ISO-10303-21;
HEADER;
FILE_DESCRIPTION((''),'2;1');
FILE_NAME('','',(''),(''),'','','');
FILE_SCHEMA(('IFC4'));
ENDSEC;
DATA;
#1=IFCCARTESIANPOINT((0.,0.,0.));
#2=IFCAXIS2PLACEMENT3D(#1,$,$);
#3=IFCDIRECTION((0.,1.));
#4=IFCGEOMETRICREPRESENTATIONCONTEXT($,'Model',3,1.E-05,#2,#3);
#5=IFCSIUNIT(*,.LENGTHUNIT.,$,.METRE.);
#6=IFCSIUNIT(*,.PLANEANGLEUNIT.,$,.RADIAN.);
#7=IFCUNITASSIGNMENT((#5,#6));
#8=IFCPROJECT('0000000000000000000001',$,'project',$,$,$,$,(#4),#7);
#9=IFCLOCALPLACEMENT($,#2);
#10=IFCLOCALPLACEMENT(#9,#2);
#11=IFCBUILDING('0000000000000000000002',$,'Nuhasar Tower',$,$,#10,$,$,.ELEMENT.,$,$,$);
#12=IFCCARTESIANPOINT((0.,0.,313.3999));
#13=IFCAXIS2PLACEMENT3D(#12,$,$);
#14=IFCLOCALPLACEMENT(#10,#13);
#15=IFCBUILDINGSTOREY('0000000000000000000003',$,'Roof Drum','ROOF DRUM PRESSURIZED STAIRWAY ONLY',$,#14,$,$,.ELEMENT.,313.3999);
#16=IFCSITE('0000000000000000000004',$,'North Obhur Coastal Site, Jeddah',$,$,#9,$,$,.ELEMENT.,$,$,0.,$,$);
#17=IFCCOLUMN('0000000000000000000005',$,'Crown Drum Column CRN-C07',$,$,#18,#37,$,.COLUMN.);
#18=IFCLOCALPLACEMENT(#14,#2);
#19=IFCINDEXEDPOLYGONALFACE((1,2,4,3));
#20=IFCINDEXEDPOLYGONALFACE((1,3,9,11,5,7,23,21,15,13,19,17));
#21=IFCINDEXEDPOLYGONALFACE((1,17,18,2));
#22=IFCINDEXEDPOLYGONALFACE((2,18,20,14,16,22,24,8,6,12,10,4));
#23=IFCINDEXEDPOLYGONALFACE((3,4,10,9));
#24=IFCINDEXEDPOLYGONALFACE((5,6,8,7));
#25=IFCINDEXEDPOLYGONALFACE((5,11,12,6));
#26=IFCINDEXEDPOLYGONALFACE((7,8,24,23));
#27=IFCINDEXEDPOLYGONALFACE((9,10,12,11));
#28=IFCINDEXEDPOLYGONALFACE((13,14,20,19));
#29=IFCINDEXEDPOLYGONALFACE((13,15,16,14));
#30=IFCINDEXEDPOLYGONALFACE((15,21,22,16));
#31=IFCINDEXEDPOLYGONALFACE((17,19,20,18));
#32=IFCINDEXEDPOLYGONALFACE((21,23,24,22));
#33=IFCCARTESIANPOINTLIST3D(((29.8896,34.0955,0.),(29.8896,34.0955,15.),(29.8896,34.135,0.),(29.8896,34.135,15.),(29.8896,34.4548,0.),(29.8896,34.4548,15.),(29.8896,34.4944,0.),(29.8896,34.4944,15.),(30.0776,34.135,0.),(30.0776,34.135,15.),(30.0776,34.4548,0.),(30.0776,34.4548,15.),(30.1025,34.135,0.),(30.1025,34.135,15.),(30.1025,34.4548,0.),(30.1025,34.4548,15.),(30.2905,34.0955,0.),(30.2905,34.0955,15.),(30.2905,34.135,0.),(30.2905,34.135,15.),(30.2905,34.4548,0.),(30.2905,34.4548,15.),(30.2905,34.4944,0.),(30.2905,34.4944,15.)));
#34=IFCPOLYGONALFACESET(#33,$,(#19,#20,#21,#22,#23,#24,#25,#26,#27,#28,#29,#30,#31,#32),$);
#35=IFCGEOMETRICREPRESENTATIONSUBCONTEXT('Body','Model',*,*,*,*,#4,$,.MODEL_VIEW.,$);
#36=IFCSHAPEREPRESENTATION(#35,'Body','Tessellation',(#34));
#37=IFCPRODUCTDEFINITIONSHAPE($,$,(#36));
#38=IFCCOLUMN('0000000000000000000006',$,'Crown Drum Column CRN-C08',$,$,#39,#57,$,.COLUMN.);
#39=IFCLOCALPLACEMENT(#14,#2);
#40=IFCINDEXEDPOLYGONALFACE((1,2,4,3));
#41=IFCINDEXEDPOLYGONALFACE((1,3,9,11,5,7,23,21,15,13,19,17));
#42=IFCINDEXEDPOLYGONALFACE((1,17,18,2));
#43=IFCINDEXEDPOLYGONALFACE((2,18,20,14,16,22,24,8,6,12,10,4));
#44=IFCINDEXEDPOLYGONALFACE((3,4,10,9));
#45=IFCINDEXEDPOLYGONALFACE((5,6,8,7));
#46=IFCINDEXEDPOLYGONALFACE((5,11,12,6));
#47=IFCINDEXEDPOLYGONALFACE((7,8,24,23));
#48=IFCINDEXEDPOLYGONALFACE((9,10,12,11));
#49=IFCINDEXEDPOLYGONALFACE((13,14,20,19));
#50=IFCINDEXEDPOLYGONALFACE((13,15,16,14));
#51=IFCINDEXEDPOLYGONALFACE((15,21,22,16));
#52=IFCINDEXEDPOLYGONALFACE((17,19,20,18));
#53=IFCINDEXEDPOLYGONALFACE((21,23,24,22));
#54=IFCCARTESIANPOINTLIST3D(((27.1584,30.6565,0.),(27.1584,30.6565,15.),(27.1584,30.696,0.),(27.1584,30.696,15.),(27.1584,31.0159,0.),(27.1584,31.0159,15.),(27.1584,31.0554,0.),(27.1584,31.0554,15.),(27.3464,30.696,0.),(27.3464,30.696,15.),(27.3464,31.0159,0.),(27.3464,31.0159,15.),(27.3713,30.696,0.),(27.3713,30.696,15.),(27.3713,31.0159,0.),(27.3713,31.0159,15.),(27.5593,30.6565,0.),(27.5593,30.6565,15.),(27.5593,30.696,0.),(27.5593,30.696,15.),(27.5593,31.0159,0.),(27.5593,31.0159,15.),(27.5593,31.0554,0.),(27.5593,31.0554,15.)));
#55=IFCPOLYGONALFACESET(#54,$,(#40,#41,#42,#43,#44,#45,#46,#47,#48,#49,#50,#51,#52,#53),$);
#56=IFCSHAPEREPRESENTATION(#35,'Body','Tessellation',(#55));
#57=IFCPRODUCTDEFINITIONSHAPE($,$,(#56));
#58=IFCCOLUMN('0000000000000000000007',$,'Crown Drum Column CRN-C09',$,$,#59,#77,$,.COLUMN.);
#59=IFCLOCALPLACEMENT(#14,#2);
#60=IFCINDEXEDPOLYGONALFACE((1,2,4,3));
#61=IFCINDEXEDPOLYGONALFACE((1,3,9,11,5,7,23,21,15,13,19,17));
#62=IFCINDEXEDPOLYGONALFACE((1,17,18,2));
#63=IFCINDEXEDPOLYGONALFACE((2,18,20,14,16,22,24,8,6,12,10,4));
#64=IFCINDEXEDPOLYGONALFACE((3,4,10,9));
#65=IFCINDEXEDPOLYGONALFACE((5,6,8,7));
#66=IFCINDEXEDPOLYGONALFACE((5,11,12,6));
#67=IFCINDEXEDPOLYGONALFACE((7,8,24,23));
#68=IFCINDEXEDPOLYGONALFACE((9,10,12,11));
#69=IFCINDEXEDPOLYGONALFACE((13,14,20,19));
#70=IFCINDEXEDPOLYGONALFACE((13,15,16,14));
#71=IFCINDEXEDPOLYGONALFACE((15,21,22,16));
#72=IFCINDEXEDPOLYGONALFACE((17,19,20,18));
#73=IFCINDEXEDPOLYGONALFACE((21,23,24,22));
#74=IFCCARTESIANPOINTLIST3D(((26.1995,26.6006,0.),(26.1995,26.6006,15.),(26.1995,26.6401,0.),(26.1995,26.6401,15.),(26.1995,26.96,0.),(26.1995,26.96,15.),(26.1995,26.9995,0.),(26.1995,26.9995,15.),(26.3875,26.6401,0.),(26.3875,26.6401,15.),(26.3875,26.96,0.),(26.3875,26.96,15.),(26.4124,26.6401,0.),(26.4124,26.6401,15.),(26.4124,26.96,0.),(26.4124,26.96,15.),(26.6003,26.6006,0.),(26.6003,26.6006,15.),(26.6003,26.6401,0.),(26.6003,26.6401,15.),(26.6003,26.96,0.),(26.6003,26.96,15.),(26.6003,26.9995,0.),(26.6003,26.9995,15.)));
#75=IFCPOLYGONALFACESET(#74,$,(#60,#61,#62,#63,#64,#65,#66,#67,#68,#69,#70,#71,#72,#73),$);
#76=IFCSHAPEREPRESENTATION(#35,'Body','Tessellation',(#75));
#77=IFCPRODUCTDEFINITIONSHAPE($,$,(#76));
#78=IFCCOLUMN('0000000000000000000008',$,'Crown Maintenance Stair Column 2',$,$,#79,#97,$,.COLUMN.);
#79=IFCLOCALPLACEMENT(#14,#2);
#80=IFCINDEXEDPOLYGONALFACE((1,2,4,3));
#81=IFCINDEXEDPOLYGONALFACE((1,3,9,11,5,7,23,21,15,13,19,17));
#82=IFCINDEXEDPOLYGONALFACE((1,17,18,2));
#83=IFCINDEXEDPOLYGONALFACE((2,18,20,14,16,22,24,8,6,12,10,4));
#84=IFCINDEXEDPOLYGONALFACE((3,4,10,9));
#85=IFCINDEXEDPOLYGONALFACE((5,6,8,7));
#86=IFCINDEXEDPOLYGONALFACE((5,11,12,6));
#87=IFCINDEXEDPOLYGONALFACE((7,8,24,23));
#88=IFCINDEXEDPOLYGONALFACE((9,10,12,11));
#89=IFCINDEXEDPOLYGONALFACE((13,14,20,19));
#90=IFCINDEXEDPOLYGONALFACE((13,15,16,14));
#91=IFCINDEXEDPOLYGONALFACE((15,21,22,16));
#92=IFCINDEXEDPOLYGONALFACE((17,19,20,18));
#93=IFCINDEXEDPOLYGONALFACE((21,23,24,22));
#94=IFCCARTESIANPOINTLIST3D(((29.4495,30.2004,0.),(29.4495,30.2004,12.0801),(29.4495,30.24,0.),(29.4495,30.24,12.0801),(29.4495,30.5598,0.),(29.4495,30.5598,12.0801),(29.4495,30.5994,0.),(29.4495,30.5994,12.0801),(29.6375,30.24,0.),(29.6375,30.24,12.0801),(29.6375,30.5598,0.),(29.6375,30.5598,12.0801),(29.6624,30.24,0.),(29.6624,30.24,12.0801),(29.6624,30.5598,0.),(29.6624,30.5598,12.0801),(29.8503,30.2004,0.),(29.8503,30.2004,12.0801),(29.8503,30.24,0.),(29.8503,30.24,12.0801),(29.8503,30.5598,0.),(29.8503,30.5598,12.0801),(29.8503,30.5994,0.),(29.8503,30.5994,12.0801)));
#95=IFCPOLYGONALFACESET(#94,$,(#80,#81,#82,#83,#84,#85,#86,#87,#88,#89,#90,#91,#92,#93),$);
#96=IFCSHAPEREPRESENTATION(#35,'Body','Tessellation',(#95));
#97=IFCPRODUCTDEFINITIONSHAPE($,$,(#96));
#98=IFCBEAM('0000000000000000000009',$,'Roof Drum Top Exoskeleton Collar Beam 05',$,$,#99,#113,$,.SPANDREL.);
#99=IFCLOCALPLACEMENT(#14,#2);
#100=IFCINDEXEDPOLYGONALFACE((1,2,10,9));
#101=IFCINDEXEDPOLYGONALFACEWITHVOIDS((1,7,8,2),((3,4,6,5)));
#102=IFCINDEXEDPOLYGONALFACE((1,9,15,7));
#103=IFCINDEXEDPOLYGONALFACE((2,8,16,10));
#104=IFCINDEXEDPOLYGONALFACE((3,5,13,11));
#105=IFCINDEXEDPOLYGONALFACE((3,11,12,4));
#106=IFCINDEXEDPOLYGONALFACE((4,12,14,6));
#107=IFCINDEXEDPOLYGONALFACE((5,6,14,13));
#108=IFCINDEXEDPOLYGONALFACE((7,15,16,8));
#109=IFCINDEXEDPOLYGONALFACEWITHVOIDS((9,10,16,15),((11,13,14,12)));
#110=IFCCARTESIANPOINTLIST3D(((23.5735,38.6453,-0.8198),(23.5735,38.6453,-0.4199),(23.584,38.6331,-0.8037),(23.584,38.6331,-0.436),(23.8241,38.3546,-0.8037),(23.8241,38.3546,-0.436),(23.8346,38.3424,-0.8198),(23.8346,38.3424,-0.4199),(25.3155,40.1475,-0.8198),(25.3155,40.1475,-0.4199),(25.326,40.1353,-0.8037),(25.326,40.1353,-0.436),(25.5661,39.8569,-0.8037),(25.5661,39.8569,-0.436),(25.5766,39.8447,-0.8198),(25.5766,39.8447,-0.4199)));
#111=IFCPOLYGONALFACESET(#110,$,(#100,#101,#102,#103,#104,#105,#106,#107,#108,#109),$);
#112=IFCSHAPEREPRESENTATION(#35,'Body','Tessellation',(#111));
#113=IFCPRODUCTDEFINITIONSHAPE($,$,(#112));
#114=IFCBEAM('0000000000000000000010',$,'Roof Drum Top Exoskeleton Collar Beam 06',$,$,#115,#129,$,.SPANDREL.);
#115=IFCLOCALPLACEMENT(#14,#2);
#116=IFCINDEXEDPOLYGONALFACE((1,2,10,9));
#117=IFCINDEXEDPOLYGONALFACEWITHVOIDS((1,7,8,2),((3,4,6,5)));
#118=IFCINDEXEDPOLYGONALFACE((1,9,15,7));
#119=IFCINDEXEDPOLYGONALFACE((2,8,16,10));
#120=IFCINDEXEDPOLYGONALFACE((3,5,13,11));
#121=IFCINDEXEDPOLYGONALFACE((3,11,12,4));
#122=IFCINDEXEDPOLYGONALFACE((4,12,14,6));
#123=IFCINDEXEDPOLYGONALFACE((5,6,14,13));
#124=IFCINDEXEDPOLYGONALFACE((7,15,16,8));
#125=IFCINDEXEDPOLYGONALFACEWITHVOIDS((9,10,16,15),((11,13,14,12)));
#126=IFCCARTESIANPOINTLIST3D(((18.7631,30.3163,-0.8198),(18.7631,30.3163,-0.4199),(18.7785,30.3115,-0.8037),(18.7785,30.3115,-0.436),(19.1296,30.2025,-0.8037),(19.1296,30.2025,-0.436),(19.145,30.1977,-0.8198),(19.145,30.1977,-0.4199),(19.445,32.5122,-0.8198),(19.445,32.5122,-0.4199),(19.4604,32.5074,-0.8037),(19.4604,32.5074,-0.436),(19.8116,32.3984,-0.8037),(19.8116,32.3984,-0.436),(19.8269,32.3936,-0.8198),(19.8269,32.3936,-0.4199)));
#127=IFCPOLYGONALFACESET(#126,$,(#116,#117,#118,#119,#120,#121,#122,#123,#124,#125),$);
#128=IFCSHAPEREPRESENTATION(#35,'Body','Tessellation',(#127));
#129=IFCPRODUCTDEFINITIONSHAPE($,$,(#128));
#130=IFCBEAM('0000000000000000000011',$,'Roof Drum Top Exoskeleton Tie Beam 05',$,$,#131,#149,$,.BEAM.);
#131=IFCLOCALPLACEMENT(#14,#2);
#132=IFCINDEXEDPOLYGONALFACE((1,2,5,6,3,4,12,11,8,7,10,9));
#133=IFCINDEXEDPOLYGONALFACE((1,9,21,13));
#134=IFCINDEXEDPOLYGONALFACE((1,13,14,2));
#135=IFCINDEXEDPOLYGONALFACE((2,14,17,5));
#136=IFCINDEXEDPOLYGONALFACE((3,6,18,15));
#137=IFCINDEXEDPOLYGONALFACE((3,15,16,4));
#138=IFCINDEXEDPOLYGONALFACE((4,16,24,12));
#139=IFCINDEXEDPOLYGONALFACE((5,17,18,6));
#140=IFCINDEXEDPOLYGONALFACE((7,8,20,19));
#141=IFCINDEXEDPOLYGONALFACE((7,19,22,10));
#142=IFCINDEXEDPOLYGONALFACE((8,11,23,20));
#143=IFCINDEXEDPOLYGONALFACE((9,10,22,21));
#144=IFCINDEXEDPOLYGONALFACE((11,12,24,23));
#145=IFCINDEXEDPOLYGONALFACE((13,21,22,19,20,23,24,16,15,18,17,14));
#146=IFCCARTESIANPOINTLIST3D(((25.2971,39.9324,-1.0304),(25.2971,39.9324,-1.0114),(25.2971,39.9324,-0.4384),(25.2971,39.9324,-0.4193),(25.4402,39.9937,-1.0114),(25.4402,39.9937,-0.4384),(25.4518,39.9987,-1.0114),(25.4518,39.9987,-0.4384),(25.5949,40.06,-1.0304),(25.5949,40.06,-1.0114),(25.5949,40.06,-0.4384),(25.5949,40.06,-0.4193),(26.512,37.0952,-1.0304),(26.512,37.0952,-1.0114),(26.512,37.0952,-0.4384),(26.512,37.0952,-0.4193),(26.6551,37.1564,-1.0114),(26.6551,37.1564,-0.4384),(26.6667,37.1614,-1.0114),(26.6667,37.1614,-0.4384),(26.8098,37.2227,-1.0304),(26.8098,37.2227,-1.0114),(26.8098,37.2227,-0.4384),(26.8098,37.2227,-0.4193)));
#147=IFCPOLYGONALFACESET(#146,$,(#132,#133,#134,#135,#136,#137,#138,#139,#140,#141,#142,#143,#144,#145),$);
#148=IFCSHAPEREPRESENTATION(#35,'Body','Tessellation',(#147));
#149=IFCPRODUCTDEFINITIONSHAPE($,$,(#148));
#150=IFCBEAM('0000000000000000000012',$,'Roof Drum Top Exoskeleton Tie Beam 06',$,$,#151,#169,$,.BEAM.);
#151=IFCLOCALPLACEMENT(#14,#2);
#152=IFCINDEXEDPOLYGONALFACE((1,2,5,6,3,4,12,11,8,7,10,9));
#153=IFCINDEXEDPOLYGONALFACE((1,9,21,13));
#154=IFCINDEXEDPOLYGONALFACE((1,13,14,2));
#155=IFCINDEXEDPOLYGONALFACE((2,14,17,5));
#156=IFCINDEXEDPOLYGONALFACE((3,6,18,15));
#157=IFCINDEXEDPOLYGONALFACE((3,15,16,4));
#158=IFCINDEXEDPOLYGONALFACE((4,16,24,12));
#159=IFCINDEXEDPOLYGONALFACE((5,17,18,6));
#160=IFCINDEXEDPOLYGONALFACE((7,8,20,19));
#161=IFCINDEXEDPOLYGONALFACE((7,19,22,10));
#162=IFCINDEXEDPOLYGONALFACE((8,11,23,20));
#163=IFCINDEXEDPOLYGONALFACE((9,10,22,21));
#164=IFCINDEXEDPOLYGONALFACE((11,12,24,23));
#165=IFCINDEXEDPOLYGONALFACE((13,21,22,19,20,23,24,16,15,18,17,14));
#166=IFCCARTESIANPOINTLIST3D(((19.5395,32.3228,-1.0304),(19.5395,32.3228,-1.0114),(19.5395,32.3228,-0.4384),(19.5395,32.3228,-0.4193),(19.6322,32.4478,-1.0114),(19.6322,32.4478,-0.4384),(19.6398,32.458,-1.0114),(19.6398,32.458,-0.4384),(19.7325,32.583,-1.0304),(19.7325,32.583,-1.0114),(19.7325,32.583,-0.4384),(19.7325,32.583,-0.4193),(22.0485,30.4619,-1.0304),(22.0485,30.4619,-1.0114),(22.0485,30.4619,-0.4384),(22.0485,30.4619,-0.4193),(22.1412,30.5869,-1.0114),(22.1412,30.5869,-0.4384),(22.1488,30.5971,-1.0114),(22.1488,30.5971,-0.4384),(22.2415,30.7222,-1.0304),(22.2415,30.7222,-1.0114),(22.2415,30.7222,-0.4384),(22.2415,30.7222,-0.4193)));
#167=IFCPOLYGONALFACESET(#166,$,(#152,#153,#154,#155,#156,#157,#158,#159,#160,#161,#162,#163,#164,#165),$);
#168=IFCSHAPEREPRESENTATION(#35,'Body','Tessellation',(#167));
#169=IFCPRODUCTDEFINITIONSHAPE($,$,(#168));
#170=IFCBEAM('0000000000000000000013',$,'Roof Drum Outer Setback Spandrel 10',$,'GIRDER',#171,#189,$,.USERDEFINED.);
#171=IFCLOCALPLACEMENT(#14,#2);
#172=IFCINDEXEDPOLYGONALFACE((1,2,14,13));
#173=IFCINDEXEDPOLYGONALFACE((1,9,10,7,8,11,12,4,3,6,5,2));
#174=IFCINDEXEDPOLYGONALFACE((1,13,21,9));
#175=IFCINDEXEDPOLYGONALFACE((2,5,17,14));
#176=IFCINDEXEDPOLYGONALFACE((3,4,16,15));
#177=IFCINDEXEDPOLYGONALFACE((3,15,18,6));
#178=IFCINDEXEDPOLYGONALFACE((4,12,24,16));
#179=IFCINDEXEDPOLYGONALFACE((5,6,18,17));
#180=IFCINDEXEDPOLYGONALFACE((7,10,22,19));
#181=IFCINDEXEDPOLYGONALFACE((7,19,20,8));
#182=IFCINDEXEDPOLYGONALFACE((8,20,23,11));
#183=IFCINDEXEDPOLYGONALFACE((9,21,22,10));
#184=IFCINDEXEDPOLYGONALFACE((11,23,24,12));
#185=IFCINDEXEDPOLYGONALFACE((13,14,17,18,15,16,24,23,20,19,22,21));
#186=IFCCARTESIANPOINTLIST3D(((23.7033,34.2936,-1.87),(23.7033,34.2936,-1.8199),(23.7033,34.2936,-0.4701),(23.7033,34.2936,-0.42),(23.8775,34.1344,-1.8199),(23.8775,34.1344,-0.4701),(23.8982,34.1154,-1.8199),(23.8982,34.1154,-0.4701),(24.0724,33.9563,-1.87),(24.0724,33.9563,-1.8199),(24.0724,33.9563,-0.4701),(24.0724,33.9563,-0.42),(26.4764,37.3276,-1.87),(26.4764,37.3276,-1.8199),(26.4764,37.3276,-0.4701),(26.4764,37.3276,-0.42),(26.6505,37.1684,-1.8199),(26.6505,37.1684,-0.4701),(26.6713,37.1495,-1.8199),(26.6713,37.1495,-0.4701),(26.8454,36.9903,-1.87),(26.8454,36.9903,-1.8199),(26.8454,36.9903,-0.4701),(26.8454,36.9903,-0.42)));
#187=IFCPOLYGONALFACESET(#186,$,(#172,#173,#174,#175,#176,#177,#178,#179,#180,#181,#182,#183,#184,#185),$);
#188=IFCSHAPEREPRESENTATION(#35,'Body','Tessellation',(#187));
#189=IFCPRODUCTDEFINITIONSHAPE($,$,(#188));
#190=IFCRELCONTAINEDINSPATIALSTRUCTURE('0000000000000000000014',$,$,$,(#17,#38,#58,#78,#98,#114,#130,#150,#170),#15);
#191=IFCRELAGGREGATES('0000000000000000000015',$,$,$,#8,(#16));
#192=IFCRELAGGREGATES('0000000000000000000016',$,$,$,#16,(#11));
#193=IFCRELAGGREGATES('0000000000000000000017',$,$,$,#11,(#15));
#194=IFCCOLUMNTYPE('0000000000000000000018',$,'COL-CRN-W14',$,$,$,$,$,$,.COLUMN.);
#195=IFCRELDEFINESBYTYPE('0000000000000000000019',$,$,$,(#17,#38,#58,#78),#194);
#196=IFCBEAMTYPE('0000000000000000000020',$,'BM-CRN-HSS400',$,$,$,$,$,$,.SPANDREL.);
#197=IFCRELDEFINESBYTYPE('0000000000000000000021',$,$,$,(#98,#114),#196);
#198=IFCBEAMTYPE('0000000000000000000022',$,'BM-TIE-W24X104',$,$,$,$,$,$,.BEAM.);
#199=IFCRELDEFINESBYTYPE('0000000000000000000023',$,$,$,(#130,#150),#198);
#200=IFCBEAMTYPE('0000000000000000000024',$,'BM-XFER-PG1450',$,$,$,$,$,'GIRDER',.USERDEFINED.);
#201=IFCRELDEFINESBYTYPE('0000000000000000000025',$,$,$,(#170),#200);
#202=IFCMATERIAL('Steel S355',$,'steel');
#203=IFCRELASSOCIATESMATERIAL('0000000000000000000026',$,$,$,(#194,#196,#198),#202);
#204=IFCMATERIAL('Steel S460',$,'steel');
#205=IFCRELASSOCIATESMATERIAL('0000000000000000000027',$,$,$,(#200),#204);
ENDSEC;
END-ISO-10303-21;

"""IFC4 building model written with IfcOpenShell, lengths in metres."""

from ifc_helpers import new_model, si_unit, direction, frame, origin, origin_2d, place, context, subcontext, project, spatial, hollow_rectangle, i_section, extrude, material, material_profile, profile_set, type_object, element, save


model = new_model("IFC4")

# Units and contexts
model_context = context("Model", 3, precision=1e-05, world=origin(), true_north=direction((0.0, 1.0)))
body_context = subcontext(model_context, "Body", "Model", "MODEL_VIEW")
ifc_project = project(units=[si_unit("LENGTHUNIT", "METRE"), si_unit("PLANEANGLEUNIT", "RADIAN")], contexts=[model_context])

# Site, building, storey
site_placement = place(None, origin())
site = spatial("IfcSite", under=ifc_project, at=site_placement, Name="North Obhur Coastal Site, Jeddah", CompositionType="ELEMENT", RefElevation=0.0)
building_placement = place(site_placement, origin())
building = spatial("IfcBuilding", under=site, at=building_placement, Name="Nuhasar Tower", CompositionType="ELEMENT")
storey_placement = place(building_placement, frame((0.0, 0.0, 313.3999)))
storey = spatial("IfcBuildingStorey", under=building, at=storey_placement, Name="Roof Drum", Description="ROOF DRUM PRESSURIZED STAIRWAY ONLY", CompositionType="ELEMENT", Elevation=313.3999)

# Columns
ifc_material_1 = material(Name="Steel S355", Category="steel")
ifc_material_profile_1 = material_profile(ifc_material_1, i_section(OverallWidth=0.4009, OverallDepth=0.3989, WebThickness=0.0249, FlangeThickness=0.0396, at=origin_2d()), Name="W14X211")
ifc_profile_set_1 = profile_set([ifc_material_profile_1], Name="Steel S355")
column_type = type_object("IfcColumnType", Name="COL-CRN-W14", PredefinedType="COLUMN", material=ifc_profile_set_1)
for number, where, z_axis, x_axis, name in (
    (1, (30.0901, 34.2949, 0.0), (0.0, 0.0, 1.0), (1.0, 0.0, 0.0), "Crown Drum Column CRN-C07"),
    (2, (27.3589, 30.856, 0.0), (0.0, 0.0, 1.0), (1.0, 0.0, 0.0), "Crown Drum Column CRN-C08"),
    (3, (26.3999, 26.8, 0.0), (0.0, 0.0, 1.0), (1.0, 0.0, 0.0), "Crown Drum Column CRN-C09"),
):
    element("IfcColumn", number, at=place(storey_placement, frame(where, z_axis=z_axis, x_axis=x_axis)), inside=storey, type_object=column_type, Name=name, PredefinedType="COLUMN", context=body_context, shape_type="SweptSolid", body=[
        extrude(i_section(OverallWidth=0.4009, OverallDepth=0.3989, WebThickness=0.0249, FlangeThickness=0.0396, at=origin_2d()), origin(), (0.0, 0.0, 1.0), 15.0),
    ])
column_placement = place(storey_placement, frame((29.6499, 30.3999, 0.0), z_axis=(0.0, 0.0, 1.0), x_axis=(1.0, 0.0, 0.0)))
element("IfcColumn", 4, at=column_placement, inside=storey, type_object=column_type, Name="Crown Maintenance Stair Column 2", PredefinedType="COLUMN", context=body_context, shape_type="SweptSolid", body=[
    extrude(i_section(OverallWidth=0.4009, OverallDepth=0.3989, WebThickness=0.0249, FlangeThickness=0.0396, at=origin_2d()), origin(), (0.0, 0.0, 1.0), 12.0801),
])

# Beams
ifc_material_profile_2 = material_profile(ifc_material_1, hollow_rectangle(XDim=0.3999, YDim=0.3999, WallThickness=0.0161, at=origin_2d()), Name="HSS400X400X16")
ifc_profile_set_2 = profile_set([ifc_material_profile_2], Name="Steel S355")
beam_type_1 = type_object("IfcBeamType", Name="BM-CRN-HSS400", PredefinedType="SPANDREL", material=ifc_profile_set_2)
beam_1_placement = place(storey_placement, frame((25.446, 39.9961, -0.6199), z_axis=(-0.757298, -0.65307, 0.0), x_axis=(0.65307, -0.757298, 0.0)))
element("IfcBeam", 5, at=beam_1_placement, inside=storey, type_object=beam_type_1, Name="Roof Drum Top Exoskeleton Collar Beam 05", PredefinedType="SPANDREL", context=body_context, shape_type="SweptSolid", body=[
    extrude(hollow_rectangle(XDim=0.3999, YDim=0.3999, WallThickness=0.0161, at=origin_2d()), origin(), (0.0, 0.0, 1.0), 2.3003),
])
beam_2_placement = place(storey_placement, frame((19.636, 32.4529, -0.6199), z_axis=(-0.29657, -0.955011, 0.0), x_axis=(0.955011, -0.29657, 0.0)))
element("IfcBeam", 6, at=beam_2_placement, inside=storey, type_object=beam_type_1, Name="Roof Drum Top Exoskeleton Collar Beam 06", PredefinedType="SPANDREL", context=body_context, shape_type="SweptSolid", body=[
    extrude(hollow_rectangle(XDim=0.3999, YDim=0.3999, WallThickness=0.0161, at=origin_2d()), origin(), (0.0, 0.0, 1.0), 2.2993),
])
ifc_material_profile_3 = material_profile(ifc_material_1, i_section(OverallWidth=0.324, OverallDepth=0.6111, WebThickness=0.0127, FlangeThickness=0.019, at=origin_2d()), Name="W24X104")
ifc_profile_set_3 = profile_set([ifc_material_profile_3], Name="Steel S355")
beam_type_2 = type_object("IfcBeamType", Name="BM-TIE-W24X104", PredefinedType="BEAM", material=ifc_profile_set_3)
beam_3_placement = place(storey_placement, frame((26.6609, 37.1589, -0.7249), z_axis=(-0.393623, 0.919272, 0.0), x_axis=(-0.919272, -0.393623, 0.0)))
element("IfcBeam", 7, at=beam_3_placement, inside=storey, type_object=beam_type_2, Name="Roof Drum Top Exoskeleton Tie Beam 05", PredefinedType="BEAM", context=body_context, shape_type="SweptSolid", body=[
    extrude(i_section(OverallWidth=0.324, OverallDepth=0.6111, WebThickness=0.0127, FlangeThickness=0.019, at=origin_2d()), origin(), (0.0, 0.0, 1.0), 3.0864),
])
beam_4_placement = place(storey_placement, frame((22.145, 30.592, -0.7249), z_axis=(-0.803205, 0.595702, 0.0), x_axis=(-0.595702, -0.803205, 0.0)))
element("IfcBeam", 8, at=beam_4_placement, inside=storey, type_object=beam_type_2, Name="Roof Drum Top Exoskeleton Tie Beam 06", PredefinedType="BEAM", context=body_context, shape_type="SweptSolid", body=[
    extrude(i_section(OverallWidth=0.324, OverallDepth=0.6111, WebThickness=0.0127, FlangeThickness=0.019, at=origin_2d()), origin(), (0.0, 0.0, 1.0), 3.1238),
])
ifc_material_2 = material(Name="Steel S460", Category="steel")
ifc_material_profile_4 = material_profile(ifc_material_2, i_section(OverallWidth=0.5, OverallDepth=1.45, WebThickness=0.0281, FlangeThickness=0.05, at=origin_2d()), Name="PG1450X500")
ifc_profile_set_4 = profile_set([ifc_material_profile_4], Name="Steel S460")
beam_type_3 = type_object("IfcBeamType", Name="BM-XFER-PG1450", ElementType="GIRDER", PredefinedType="USERDEFINED", material=ifc_profile_set_4)
beam_5_placement = place(storey_placement, frame((26.6609, 37.1589, -1.145), z_axis=(-0.674645, -0.738142, 0.0), x_axis=(0.738142, -0.674645, 0.0)))
element("IfcBeam", 9, at=beam_5_placement, inside=storey, type_object=beam_type_3, Name="Roof Drum Outer Setback Spandrel 10", ObjectType="GIRDER", PredefinedType="USERDEFINED", context=body_context, shape_type="SweptSolid", body=[
    extrude(i_section(OverallWidth=0.5, OverallDepth=1.45, WebThickness=0.0281, FlangeThickness=0.05, at=origin_2d()), origin(), (0.0, 0.0, 1.0), 4.1104),
])

save(model, "model.ifc")
